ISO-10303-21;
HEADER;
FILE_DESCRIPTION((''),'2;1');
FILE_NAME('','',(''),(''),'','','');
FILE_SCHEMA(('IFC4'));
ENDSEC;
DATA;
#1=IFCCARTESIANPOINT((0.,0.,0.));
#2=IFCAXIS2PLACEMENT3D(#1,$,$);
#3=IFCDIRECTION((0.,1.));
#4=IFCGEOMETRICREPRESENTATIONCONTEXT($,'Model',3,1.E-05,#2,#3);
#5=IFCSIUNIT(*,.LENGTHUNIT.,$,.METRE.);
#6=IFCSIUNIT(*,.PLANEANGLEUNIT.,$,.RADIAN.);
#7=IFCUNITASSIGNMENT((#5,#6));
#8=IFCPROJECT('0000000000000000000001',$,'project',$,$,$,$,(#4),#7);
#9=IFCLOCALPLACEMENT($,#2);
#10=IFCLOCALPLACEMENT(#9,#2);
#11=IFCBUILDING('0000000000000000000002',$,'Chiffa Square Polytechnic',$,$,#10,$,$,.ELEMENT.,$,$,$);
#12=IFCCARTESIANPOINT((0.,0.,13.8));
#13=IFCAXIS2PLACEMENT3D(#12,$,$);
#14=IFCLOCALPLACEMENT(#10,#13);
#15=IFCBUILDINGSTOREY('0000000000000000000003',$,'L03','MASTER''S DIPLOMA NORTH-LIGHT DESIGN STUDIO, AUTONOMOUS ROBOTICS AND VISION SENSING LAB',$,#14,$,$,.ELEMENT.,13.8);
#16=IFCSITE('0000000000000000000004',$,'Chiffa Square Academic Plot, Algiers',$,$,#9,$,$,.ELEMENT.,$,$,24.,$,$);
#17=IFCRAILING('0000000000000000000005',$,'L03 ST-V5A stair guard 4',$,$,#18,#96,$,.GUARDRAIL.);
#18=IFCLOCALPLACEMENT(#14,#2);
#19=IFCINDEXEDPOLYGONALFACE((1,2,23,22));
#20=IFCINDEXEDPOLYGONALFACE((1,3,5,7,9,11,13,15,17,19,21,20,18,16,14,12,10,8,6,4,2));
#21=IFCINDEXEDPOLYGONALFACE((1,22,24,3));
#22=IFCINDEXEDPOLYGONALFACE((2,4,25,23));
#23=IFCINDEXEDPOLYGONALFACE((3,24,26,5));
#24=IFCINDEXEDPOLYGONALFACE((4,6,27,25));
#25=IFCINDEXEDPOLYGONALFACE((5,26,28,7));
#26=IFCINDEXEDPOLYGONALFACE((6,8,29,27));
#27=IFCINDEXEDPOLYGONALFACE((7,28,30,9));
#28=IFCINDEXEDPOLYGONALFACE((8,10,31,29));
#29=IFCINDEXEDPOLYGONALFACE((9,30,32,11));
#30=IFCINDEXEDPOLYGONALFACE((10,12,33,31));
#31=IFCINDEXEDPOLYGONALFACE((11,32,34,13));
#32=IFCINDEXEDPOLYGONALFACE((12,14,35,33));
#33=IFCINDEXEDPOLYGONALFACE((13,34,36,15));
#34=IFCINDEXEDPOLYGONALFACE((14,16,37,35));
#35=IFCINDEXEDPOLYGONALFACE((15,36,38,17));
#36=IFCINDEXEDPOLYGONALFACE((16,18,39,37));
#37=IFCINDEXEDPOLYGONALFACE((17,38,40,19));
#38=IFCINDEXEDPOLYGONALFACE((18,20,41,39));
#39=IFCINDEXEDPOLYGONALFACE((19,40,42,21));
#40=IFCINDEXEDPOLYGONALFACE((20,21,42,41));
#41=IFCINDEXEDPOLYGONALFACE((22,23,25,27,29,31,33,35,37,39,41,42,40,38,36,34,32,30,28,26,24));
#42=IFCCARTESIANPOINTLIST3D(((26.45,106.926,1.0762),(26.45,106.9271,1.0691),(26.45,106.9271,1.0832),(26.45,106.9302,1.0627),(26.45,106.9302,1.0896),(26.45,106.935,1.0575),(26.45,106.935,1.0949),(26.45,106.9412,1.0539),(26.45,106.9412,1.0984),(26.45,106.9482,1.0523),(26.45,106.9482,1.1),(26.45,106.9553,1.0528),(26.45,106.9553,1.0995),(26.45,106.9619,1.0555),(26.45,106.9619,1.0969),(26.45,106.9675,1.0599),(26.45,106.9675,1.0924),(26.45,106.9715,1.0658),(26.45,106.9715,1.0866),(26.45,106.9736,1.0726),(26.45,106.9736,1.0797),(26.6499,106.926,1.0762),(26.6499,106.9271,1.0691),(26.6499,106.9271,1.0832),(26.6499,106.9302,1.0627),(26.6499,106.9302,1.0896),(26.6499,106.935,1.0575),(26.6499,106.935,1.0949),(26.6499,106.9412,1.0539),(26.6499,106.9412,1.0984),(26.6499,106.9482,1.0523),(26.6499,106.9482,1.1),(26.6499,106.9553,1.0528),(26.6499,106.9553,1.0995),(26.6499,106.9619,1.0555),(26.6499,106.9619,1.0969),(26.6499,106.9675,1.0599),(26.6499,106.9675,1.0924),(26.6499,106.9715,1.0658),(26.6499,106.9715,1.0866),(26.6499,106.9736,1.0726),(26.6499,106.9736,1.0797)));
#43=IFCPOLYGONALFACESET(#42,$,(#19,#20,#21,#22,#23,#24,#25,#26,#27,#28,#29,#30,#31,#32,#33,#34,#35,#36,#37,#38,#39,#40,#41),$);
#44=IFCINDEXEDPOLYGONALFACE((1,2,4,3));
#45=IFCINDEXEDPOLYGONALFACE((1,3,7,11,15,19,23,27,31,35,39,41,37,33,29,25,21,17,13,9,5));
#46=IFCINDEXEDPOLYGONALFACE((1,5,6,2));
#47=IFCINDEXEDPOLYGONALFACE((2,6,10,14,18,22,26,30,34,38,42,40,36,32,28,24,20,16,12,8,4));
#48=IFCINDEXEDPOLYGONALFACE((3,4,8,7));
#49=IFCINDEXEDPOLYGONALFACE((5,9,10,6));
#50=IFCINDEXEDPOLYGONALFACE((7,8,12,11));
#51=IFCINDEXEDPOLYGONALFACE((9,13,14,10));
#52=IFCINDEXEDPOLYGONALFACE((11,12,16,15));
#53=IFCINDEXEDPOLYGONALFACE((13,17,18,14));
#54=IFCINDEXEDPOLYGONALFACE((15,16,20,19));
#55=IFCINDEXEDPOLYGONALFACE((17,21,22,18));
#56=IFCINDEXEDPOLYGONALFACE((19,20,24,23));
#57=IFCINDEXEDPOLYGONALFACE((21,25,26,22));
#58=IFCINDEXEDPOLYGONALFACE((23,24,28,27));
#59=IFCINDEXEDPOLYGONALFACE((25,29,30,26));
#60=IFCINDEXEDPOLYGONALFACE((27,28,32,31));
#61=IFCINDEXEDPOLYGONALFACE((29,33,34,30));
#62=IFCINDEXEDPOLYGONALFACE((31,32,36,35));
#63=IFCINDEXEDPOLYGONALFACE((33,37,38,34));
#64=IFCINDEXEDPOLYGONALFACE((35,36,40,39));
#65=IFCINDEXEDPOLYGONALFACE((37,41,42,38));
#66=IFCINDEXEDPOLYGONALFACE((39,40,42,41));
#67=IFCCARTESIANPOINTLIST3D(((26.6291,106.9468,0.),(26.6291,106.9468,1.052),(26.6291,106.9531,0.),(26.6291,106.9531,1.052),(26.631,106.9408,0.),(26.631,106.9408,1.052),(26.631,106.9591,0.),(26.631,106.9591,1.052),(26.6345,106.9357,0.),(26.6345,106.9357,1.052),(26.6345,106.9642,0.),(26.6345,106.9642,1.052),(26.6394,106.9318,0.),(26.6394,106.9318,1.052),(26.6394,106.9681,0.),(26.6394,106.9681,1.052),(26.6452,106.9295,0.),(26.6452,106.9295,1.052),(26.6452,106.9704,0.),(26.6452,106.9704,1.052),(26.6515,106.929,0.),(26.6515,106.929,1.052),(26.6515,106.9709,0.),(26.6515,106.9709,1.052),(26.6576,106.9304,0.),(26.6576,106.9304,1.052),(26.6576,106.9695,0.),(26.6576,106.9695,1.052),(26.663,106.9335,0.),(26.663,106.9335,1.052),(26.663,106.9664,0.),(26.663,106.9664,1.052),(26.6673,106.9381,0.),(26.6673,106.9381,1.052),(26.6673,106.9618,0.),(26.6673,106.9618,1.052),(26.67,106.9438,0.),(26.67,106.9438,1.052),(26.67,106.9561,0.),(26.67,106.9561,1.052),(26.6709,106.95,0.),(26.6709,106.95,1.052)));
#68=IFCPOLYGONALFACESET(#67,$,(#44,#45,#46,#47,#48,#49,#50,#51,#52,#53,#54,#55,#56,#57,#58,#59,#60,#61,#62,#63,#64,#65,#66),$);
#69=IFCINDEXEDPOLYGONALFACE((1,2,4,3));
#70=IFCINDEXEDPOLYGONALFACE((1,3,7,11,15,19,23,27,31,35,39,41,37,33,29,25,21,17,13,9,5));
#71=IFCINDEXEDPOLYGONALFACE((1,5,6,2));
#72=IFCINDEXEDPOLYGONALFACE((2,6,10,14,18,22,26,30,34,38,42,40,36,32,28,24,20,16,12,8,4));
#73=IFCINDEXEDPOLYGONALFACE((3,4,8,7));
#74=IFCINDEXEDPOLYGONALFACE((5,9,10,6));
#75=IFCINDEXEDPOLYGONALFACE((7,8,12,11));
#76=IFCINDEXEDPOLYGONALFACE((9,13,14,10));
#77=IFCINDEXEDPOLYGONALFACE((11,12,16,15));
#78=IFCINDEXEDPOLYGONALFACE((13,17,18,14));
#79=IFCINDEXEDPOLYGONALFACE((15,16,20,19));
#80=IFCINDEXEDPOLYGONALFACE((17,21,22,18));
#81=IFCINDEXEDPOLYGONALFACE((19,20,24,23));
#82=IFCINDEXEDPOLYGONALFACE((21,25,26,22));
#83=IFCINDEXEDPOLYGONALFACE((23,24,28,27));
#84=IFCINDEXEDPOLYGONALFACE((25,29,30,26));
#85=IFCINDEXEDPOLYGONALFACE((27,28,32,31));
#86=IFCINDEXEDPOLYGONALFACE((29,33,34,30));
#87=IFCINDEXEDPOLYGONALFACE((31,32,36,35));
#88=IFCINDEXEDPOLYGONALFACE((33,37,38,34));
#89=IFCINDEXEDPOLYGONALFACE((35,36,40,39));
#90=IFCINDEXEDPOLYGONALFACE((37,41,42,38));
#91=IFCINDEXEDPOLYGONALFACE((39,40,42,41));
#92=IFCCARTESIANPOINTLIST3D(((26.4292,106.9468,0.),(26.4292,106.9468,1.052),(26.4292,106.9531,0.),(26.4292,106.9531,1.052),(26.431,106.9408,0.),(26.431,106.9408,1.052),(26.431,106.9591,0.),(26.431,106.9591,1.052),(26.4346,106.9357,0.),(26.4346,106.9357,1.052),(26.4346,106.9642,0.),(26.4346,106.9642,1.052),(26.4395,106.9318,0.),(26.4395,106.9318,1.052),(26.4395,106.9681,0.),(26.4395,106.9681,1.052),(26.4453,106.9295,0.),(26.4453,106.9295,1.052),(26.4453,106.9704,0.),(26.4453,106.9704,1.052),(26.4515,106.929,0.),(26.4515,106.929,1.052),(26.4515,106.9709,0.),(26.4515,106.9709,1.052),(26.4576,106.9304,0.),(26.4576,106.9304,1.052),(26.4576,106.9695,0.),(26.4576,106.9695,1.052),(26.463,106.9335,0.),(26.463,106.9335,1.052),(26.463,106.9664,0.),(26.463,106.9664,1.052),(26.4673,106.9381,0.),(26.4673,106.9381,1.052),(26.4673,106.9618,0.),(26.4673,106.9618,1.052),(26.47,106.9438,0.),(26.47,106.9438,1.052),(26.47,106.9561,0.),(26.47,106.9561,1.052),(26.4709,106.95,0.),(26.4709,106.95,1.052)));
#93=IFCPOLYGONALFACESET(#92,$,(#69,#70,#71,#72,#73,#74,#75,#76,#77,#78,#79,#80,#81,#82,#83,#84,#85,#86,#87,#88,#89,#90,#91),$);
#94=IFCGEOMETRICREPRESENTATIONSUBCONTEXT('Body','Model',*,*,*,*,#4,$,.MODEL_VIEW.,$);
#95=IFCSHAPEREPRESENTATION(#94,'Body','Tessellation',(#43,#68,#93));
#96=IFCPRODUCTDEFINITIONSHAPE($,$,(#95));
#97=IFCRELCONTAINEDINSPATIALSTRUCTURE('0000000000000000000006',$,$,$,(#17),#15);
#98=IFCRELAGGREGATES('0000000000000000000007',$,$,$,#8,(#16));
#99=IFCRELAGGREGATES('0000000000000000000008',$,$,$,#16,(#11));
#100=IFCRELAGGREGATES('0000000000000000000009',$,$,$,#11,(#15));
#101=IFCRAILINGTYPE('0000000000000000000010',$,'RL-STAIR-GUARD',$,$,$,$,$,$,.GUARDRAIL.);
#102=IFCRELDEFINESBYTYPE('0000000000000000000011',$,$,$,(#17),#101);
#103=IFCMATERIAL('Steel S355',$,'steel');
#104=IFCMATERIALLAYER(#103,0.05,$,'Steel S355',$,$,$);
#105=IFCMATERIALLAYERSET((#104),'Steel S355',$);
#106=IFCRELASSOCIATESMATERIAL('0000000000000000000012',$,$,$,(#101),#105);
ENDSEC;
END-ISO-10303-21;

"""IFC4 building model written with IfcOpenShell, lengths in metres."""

from ifc_helpers import new_model, si_unit, direction, frame, origin, origin_2d, place, context, subcontext, project, spatial, circle, extrude, material, layer, layer_set, type_object, element, save


model = new_model("IFC4")

# Units and contexts
model_context = context("Model", 3, precision=1e-05, world=origin(), true_north=direction((0.0, 1.0)))
body_context = subcontext(model_context, "Body", "Model", "MODEL_VIEW")
ifc_project = project(units=[si_unit("LENGTHUNIT", "METRE"), si_unit("PLANEANGLEUNIT", "RADIAN")], contexts=[model_context])

# Site, building, storey
site_placement = place(None, origin())
site = spatial("IfcSite", under=ifc_project, at=site_placement, Name="Chiffa Square Academic Plot, Algiers", CompositionType="ELEMENT", RefElevation=24.0)
building_placement = place(site_placement, origin())
building = spatial("IfcBuilding", under=site, at=building_placement, Name="Chiffa Square Polytechnic", CompositionType="ELEMENT")
storey_placement = place(building_placement, frame((0.0, 0.0, 13.8)))
storey = spatial("IfcBuildingStorey", under=building, at=storey_placement, Name="L03", Description="MASTER'S DIPLOMA NORTH-LIGHT DESIGN STUDIO, AUTONOMOUS ROBOTICS AND VISION SENSING LAB", CompositionType="ELEMENT", Elevation=13.8)

# Railing
ifc_material_1 = material(Name="Steel S355", Category="steel")
ifc_layer_1 = layer(ifc_material_1, 0.05, Name="Steel S355")
ifc_layer_set_1 = layer_set([ifc_layer_1], Name="Steel S355")
railing_type_1 = type_object("IfcRailingType", Name="RL-STAIR-GUARD", PredefinedType="GUARDRAIL", material=ifc_layer_set_1)
railing_1_placement = place(storey_placement, frame((26.6499, 106.95, 0.0)))
element("IfcRailing", 1, at=railing_1_placement, inside=storey, type_object=railing_type_1, Name="L03 ST-V5A stair guard 4", PredefinedType="GUARDRAIL", context=body_context, shape_type="SweptSolid", body=[
    extrude(circle(Radius=0.0239, at=origin_2d()), frame((0.0, 0.0, 1.0762), z_axis=(-1.0, 0.0, 0.0), x_axis=(0.0, -1.0, 0.0)), (0.0, 0.0, 1.0), 0.2),
    extrude(circle(Radius=0.021, at=origin_2d()), origin(), (0.0, 0.0, 1.0), 1.052),
    extrude(circle(Radius=0.021, at=origin_2d()), frame((-0.2, 0.0, 0.0)), (0.0, 0.0, 1.0), 1.052),
])

save(model, "model.ifc")
